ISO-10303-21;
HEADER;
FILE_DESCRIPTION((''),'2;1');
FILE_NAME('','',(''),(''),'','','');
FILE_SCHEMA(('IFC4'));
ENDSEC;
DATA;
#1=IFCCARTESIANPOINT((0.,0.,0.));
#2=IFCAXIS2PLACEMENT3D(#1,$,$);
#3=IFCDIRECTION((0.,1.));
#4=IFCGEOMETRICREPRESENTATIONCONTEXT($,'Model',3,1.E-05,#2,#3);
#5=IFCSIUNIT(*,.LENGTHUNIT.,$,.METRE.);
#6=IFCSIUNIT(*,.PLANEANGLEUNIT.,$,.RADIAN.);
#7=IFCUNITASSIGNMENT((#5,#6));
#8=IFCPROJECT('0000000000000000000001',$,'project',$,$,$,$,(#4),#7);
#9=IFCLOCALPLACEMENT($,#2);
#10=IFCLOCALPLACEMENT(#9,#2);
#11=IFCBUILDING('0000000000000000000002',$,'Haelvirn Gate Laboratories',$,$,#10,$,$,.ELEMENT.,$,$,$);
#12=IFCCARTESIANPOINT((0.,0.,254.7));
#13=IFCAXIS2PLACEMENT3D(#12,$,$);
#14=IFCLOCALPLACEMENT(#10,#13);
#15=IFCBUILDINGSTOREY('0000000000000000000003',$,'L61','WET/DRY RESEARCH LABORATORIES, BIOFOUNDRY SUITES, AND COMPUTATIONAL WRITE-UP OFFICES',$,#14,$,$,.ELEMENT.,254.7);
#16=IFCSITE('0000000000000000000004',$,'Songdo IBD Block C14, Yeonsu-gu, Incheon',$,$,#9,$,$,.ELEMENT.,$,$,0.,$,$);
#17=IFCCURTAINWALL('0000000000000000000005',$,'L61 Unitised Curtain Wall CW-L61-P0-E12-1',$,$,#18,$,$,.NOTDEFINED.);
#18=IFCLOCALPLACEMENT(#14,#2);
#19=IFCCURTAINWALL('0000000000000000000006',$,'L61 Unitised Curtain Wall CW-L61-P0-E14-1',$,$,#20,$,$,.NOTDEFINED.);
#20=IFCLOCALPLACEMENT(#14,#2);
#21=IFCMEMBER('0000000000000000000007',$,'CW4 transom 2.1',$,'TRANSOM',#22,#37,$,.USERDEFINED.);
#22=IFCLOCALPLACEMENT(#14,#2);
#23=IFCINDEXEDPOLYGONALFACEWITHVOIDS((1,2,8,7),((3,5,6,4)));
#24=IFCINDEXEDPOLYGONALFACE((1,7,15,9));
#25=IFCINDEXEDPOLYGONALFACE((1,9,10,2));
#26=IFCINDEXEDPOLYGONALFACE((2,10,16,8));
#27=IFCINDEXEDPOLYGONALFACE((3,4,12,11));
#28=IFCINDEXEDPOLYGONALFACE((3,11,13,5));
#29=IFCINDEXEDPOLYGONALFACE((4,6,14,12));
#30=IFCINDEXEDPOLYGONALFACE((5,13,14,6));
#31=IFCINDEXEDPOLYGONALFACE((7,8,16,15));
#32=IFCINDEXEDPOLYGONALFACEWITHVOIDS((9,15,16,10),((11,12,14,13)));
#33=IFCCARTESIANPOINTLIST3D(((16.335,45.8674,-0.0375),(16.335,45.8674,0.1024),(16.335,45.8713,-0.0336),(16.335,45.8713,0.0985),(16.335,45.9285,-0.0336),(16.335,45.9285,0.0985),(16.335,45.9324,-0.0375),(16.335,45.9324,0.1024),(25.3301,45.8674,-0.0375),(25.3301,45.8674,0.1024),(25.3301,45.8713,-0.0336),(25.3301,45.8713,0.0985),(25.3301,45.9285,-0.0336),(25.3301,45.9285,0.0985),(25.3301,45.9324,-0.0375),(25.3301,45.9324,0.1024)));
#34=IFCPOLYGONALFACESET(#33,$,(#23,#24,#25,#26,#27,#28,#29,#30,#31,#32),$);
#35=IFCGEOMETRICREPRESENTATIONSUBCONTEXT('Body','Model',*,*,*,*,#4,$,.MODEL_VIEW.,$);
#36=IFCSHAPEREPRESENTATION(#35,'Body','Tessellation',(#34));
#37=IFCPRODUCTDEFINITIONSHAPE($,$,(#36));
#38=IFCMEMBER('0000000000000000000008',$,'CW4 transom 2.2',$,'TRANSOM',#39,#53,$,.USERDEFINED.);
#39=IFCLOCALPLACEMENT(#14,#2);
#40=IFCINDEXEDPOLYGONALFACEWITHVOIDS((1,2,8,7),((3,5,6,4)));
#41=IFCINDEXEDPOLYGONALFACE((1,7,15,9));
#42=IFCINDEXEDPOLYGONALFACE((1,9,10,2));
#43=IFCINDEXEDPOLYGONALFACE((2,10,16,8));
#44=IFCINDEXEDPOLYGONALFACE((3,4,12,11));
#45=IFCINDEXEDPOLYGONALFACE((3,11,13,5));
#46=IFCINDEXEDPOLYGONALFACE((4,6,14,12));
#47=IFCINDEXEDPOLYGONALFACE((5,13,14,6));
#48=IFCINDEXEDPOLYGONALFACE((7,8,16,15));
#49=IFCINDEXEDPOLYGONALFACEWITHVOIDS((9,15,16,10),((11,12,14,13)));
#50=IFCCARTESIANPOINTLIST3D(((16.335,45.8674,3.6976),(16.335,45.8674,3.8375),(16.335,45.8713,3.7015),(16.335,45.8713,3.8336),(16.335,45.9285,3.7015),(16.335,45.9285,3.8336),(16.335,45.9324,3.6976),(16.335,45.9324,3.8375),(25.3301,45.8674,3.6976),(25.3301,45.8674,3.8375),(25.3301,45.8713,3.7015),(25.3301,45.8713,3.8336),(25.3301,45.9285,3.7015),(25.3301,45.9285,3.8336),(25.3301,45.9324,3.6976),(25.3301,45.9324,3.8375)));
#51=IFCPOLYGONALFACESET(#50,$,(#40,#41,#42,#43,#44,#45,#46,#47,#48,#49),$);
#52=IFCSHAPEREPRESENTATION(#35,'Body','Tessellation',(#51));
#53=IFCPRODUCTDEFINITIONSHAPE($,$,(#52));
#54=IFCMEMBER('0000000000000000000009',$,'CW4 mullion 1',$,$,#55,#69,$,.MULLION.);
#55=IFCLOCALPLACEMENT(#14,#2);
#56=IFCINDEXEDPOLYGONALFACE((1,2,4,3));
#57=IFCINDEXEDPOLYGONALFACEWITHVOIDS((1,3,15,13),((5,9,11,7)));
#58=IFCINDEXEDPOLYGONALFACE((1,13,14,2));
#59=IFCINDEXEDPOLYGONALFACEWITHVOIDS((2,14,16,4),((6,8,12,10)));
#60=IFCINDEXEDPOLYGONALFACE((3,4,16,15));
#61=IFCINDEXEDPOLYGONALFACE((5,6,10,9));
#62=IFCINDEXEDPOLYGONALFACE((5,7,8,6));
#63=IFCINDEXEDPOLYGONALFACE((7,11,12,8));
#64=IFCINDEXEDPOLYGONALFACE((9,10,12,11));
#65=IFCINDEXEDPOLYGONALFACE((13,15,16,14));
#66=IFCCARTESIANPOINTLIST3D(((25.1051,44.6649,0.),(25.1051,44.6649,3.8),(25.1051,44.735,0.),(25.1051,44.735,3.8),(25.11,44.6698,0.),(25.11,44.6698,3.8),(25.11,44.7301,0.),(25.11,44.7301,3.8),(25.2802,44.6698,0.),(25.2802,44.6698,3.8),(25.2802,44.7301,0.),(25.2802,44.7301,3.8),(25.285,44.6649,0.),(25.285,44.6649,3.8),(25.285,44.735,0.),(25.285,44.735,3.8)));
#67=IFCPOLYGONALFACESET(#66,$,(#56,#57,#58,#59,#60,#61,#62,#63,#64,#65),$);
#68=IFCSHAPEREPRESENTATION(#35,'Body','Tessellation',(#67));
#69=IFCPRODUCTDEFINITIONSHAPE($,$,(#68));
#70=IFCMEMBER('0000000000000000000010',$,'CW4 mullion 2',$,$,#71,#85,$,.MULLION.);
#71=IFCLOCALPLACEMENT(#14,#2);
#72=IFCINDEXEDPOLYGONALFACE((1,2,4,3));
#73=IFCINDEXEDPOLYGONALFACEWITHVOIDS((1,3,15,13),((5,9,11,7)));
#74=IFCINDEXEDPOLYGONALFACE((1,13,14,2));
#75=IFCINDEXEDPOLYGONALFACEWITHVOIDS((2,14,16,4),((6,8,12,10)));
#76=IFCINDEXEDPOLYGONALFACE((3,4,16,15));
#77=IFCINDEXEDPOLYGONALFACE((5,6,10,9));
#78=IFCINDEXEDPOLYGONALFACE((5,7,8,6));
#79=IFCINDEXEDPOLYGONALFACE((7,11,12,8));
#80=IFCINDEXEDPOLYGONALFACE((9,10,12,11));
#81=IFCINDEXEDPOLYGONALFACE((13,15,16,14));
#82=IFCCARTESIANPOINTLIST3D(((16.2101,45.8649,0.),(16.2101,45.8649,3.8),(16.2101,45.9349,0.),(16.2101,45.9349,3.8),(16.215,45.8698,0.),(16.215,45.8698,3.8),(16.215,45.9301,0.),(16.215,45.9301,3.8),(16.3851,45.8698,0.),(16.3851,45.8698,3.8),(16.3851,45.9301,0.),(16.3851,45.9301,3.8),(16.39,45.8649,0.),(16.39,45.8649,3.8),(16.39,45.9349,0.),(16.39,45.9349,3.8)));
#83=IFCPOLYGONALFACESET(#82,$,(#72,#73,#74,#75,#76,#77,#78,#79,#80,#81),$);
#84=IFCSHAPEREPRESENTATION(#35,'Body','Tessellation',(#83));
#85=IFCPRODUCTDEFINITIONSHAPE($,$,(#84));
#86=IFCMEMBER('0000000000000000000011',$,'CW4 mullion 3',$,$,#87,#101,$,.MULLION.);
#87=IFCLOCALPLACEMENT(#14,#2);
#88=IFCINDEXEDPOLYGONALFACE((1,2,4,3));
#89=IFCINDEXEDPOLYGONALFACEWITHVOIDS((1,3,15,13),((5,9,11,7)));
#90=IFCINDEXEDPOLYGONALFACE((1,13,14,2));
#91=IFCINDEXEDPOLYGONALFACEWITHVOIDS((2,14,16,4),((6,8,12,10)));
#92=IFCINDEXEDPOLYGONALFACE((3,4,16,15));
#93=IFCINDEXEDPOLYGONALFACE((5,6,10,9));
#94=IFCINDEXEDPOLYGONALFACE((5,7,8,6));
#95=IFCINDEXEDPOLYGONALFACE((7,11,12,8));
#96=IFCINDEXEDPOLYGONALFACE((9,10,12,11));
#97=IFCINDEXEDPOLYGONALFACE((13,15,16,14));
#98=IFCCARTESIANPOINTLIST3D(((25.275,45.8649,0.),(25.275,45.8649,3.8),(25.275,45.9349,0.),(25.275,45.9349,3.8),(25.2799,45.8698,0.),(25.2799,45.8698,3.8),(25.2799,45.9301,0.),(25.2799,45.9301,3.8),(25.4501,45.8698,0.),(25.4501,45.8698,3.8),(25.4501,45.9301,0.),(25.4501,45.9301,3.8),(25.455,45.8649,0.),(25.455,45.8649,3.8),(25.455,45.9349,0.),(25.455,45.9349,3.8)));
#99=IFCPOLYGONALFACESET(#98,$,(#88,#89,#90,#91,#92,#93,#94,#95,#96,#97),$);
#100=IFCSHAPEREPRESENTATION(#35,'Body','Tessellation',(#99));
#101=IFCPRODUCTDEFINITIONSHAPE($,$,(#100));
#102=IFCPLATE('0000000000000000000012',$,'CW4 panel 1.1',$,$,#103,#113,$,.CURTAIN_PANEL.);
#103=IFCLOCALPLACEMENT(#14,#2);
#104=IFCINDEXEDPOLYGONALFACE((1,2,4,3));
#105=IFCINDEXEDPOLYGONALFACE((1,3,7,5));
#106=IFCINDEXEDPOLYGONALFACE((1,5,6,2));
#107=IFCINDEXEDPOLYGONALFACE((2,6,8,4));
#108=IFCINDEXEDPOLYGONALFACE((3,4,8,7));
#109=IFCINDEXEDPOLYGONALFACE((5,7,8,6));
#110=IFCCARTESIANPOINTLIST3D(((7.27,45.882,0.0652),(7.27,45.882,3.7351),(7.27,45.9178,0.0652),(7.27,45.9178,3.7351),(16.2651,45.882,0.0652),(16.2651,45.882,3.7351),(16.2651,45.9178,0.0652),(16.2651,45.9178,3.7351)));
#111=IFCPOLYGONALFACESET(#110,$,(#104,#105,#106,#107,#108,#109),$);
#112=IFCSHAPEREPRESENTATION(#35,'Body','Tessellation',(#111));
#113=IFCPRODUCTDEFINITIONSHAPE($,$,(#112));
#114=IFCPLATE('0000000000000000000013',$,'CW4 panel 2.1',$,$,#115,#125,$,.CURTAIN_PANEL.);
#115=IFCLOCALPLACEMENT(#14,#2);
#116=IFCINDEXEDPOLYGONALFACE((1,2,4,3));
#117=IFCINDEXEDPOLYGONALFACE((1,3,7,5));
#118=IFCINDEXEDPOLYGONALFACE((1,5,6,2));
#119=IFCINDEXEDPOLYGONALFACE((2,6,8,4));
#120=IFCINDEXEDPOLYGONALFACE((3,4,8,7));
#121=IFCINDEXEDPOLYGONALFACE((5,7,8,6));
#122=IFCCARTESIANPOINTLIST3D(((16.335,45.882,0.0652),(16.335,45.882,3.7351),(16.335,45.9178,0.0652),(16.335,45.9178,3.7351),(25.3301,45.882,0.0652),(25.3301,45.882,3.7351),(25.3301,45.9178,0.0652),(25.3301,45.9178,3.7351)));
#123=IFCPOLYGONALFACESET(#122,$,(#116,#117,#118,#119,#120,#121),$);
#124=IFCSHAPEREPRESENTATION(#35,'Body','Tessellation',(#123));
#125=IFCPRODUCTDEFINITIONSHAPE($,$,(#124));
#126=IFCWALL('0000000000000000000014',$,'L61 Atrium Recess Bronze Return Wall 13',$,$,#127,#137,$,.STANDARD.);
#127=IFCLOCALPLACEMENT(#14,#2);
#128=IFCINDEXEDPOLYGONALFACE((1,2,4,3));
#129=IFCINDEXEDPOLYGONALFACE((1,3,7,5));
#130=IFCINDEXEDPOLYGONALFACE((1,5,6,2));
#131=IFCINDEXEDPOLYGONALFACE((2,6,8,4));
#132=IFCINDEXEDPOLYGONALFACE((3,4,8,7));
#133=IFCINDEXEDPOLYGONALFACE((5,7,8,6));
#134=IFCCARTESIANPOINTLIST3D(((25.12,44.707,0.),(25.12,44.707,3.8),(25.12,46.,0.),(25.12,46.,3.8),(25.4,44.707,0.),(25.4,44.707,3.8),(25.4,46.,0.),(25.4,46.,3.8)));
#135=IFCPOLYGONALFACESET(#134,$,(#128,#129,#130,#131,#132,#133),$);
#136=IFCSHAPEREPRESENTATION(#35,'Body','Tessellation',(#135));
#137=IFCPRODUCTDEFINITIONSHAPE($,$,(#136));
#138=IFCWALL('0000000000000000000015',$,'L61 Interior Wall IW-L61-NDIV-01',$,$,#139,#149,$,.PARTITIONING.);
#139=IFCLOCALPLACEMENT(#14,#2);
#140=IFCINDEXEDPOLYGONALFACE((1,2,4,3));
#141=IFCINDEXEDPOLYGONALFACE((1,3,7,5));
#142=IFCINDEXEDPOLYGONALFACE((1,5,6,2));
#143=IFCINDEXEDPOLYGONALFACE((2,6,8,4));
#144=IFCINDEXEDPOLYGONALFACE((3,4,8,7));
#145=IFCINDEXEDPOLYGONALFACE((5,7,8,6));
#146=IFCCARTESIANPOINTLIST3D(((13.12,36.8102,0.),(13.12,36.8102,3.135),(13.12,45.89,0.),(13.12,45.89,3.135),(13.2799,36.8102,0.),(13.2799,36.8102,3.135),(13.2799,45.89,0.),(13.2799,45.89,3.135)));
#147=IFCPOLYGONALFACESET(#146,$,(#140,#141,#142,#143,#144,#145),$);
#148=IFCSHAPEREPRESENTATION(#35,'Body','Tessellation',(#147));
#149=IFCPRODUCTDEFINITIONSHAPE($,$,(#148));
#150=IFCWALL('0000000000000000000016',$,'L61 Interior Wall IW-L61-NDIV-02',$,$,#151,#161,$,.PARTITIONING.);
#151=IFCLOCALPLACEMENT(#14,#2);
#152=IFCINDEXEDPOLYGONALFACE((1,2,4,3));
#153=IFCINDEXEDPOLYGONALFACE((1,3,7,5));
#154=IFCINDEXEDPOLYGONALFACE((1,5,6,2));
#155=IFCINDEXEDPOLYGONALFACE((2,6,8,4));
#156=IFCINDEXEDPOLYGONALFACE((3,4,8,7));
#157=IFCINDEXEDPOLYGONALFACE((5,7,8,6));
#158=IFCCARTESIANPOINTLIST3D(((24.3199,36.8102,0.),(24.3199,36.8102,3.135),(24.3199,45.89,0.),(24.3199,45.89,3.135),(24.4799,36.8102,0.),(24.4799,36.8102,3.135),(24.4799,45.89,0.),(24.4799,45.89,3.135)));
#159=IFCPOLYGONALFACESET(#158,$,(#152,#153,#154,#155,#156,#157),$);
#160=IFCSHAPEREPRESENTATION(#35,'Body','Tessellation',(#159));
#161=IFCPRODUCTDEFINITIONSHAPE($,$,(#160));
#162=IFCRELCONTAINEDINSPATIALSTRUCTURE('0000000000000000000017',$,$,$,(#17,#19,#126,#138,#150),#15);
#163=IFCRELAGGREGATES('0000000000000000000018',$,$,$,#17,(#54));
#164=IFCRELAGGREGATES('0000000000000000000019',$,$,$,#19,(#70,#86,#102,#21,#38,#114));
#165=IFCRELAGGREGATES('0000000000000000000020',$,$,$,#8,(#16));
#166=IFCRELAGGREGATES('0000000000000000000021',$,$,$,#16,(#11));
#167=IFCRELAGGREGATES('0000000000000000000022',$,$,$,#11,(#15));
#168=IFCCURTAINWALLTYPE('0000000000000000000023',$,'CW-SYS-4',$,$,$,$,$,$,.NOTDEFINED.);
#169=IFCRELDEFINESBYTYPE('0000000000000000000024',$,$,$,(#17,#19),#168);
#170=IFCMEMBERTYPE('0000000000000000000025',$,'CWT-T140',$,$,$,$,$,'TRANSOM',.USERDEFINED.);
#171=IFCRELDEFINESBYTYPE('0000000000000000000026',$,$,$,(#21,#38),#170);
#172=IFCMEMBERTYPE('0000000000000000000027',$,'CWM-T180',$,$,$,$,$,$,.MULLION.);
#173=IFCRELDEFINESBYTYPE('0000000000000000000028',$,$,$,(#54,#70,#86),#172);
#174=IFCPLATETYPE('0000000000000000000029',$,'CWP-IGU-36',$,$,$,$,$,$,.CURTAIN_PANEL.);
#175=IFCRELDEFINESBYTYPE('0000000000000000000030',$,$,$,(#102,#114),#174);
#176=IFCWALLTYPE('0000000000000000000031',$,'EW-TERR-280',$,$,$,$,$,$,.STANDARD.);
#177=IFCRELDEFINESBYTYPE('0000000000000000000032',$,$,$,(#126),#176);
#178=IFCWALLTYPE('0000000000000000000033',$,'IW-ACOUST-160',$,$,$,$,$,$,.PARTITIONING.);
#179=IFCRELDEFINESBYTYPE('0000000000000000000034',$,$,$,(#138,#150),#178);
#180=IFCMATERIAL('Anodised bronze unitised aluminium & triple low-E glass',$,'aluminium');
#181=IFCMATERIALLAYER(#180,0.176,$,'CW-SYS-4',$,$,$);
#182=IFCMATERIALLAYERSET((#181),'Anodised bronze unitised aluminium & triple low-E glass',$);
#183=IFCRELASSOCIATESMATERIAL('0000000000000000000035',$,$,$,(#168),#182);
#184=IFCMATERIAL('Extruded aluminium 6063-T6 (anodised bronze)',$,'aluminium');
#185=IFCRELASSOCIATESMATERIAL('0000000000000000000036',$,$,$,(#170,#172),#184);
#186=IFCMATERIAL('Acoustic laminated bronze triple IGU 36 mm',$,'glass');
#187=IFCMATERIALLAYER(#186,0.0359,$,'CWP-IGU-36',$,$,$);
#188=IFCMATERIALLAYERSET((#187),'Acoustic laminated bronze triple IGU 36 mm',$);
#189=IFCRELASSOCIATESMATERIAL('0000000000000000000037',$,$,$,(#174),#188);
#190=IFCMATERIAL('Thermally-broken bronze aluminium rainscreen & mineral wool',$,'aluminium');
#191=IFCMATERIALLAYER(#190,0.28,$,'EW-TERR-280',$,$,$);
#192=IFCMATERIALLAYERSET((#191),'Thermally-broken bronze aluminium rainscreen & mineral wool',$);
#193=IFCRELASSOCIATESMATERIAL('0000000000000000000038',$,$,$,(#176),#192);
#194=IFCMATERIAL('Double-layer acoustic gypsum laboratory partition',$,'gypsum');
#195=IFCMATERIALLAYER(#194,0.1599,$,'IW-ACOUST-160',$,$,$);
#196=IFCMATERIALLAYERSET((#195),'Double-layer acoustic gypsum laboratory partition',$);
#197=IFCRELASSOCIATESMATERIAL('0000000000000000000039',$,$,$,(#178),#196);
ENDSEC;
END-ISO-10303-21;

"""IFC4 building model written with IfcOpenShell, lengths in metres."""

from ifc_helpers import new_model, si_unit, direction, frame, frame_2d, origin, origin_2d, place, context, subcontext, project, spatial, rectangle, hollow_rectangle, extrude, source, transform, mapped, material, layer, layer_set, material_profile, profile_set, type_object, type_shapes, element, aggregate, save


model = new_model("IFC4")

# Units and contexts
model_context = context("Model", 3, precision=1e-05, world=origin(), true_north=direction((0.0, 1.0)))
body_context = subcontext(model_context, "Body", "Model", "MODEL_VIEW")
ifc_project = project(units=[si_unit("LENGTHUNIT", "METRE"), si_unit("PLANEANGLEUNIT", "RADIAN")], contexts=[model_context])

# Site, building, storey
site_placement = place(None, origin())
site = spatial("IfcSite", under=ifc_project, at=site_placement, Name="Songdo IBD Block C14, Yeonsu-gu, Incheon", CompositionType="ELEMENT", RefElevation=0.0)
building_placement = place(site_placement, origin())
building = spatial("IfcBuilding", under=site, at=building_placement, Name="Haelvirn Gate Laboratories", CompositionType="ELEMENT")
storey_placement = place(building_placement, frame((0.0, 0.0, 254.7)))
storey = spatial("IfcBuildingStorey", under=building, at=storey_placement, Name="L61", Description="WET/DRY RESEARCH LABORATORIES, BIOFOUNDRY SUITES, AND COMPUTATIONAL WRITE-UP OFFICES", CompositionType="ELEMENT", Elevation=254.7)

# Curtain walls, members
ifc_material_1 = material(Name="Anodised bronze unitised aluminium & triple low-E glass", Category="aluminium")
ifc_layer_1 = layer(ifc_material_1, 0.176, Name="CW-SYS-4")
ifc_layer_set_1 = layer_set([ifc_layer_1], Name="Anodised bronze unitised aluminium & triple low-E glass")
curtain_wall_type = type_object("IfcCurtainWallType", Name="CW-SYS-4", PredefinedType="NOTDEFINED", material=ifc_layer_set_1)
curtain_wall_1_placement = place(storey_placement, origin())
curtain_wall_1 = element("IfcCurtainWall", 1, at=curtain_wall_1_placement, inside=storey, type_object=curtain_wall_type, Name="L61 Unitised Curtain Wall CW-L61-P0-E12-1", PredefinedType="NOTDEFINED")
ifc_material_2 = material(Name="Extruded aluminium 6063-T6 (anodised bronze)", Category="aluminium")
ifc_material_profile_1 = material_profile(ifc_material_2, hollow_rectangle(XDim=0.0649, YDim=0.1399, WallThickness=0.0039, at=origin_2d()), Name="CWT-140x65x4")
ifc_profile_set_1 = profile_set([ifc_material_profile_1], Name="Extruded aluminium 6063-T6 (anodised bronze)")
member_type_1 = type_object("IfcMemberType", Name="CWT-T140", ElementType="TRANSOM", PredefinedType="USERDEFINED", material=ifc_profile_set_1)
curtain_wall_2_placement = place(storey_placement, origin())
curtain_wall_2 = element("IfcCurtainWall", 2, at=curtain_wall_2_placement, inside=storey, type_object=curtain_wall_type, Name="L61 Unitised Curtain Wall CW-L61-P0-E14-1", PredefinedType="NOTDEFINED")
shared_shape_1 = source(origin(), body_context, "Body", "SweptSolid", [
    extrude(hollow_rectangle(XDim=0.0649, YDim=0.1399, WallThickness=0.0039, at=origin_2d()), origin(), (0.0, 0.0, 1.0), 8.9951),
])
member_1_placement = place(storey_placement, frame((16.335, 45.8999, 0.0325), z_axis=(1.0, 0.0, 0.0), x_axis=(0.0, 1.0, 0.0)))
member_1 = element("IfcMember", 3, at=member_1_placement, type_object=member_type_1, Name="CW4 transom 2.1", ObjectType="TRANSOM", PredefinedType="USERDEFINED", context=body_context, shape_type="MappedRepresentation", body=[
    mapped(shared_shape_1, transform((0.0, 0.0, 0.0), scale=1.0)),
])
member_2_placement = place(storey_placement, frame((16.335, 45.8999, 3.7676), z_axis=(1.0, 0.0, 0.0), x_axis=(0.0, 1.0, 0.0)))
member_2 = element("IfcMember", 4, at=member_2_placement, type_object=member_type_1, Name="CW4 transom 2.2", ObjectType="TRANSOM", PredefinedType="USERDEFINED", context=body_context, shape_type="MappedRepresentation", body=[
    mapped(shared_shape_1, transform((0.0, 0.0, 0.0), scale=1.0)),
])

# Members
ifc_material_profile_2 = material_profile(ifc_material_2, hollow_rectangle(XDim=0.0701, YDim=0.1799, WallThickness=0.0049, at=origin_2d()), Name="CWM-180x70x5")
ifc_profile_set_2 = profile_set([ifc_material_profile_2], Name="Extruded aluminium 6063-T6 (anodised bronze)")
member_type_2 = type_object("IfcMemberType", Name="CWM-T180", PredefinedType="MULLION", material=ifc_profile_set_2)
shared_shape_2 = source(origin(), body_context, "Body", "SweptSolid", [
    extrude(hollow_rectangle(XDim=0.0701, YDim=0.1799, WallThickness=0.0049, at=origin_2d()), origin(), (0.0, 0.0, 1.0), 3.8),
])
type_shapes(member_type_2, [shared_shape_2])
member_3_placement = place(storey_placement, frame((25.1951, 44.7, 0.0), z_axis=(0.0, 0.0, 1.0), x_axis=(0.0, 1.0, 0.0)))
member_3 = element("IfcMember", 5, at=member_3_placement, type_object=member_type_2, Name="CW4 mullion 1", PredefinedType="MULLION", context=body_context, shape_type="MappedRepresentation", body=[
    mapped(shared_shape_2, transform((0.0, 0.0, 0.0), scale=1.0)),
])
aggregate(curtain_wall_1, [member_3])
member_4_placement = place(storey_placement, frame((16.3, 45.8999, 0.0), z_axis=(0.0, 0.0, 1.0), x_axis=(0.0, 1.0, 0.0)))
member_4 = element("IfcMember", 6, at=member_4_placement, type_object=member_type_2, Name="CW4 mullion 2", PredefinedType="MULLION", context=body_context, shape_type="MappedRepresentation", body=[
    mapped(shared_shape_2, transform((0.0, 0.0, 0.0), scale=1.0)),
])
member_5_placement = place(storey_placement, frame((25.365, 45.8999, 0.0), z_axis=(0.0, 0.0, 1.0), x_axis=(0.0, 1.0, 0.0)))
member_5 = element("IfcMember", 7, at=member_5_placement, type_object=member_type_2, Name="CW4 mullion 3", PredefinedType="MULLION", context=body_context, shape_type="MappedRepresentation", body=[
    mapped(shared_shape_2, transform((0.0, 0.0, 0.0), scale=1.0)),
])

# Plates
ifc_material_3 = material(Name="Acoustic laminated bronze triple IGU 36 mm", Category="glass")
ifc_layer_2 = layer(ifc_material_3, 0.0359, Name="CWP-IGU-36")
ifc_layer_set_2 = layer_set([ifc_layer_2], Name="Acoustic laminated bronze triple IGU 36 mm")
plate_type = type_object("IfcPlateType", Name="CWP-IGU-36", PredefinedType="CURTAIN_PANEL", material=ifc_layer_set_2)
shared_shape_3 = source(origin(), body_context, "Body", "SweptSolid", [
    extrude(rectangle(XDim=8.9951, YDim=0.0359, at=origin_2d()), origin(), (0.0, 0.0, 1.0), 3.6699),
])
type_shapes(plate_type, [shared_shape_3])
plate_1_placement = place(storey_placement, frame((11.7676, 45.8999, 0.0652), z_axis=(0.0, 0.0, 1.0), x_axis=(1.0, 0.0, 0.0)))
plate_1 = element("IfcPlate", 8, at=plate_1_placement, type_object=plate_type, Name="CW4 panel 1.1", PredefinedType="CURTAIN_PANEL", context=body_context, shape_type="MappedRepresentation", body=[
    mapped(shared_shape_3, transform((0.0, 0.0, 0.0), scale=1.0)),
])
plate_2_placement = place(storey_placement, frame((20.8325, 45.8999, 0.0652), z_axis=(0.0, 0.0, 1.0), x_axis=(1.0, 0.0, 0.0)))
plate_2 = element("IfcPlate", 9, at=plate_2_placement, type_object=plate_type, Name="CW4 panel 2.1", PredefinedType="CURTAIN_PANEL", context=body_context, shape_type="MappedRepresentation", body=[
    mapped(shared_shape_3, transform((0.0, 0.0, 0.0), scale=1.0)),
])
aggregate(curtain_wall_2, [member_4, member_5, plate_1, member_1, member_2, plate_2])

# Walls
ifc_material_4 = material(Name="Thermally-broken bronze aluminium rainscreen & mineral wool", Category="aluminium")
ifc_layer_3 = layer(ifc_material_4, 0.28, Name="EW-TERR-280")
ifc_layer_set_3 = layer_set([ifc_layer_3], Name="Thermally-broken bronze aluminium rainscreen & mineral wool")
wall_type_1 = type_object("IfcWallType", Name="EW-TERR-280", PredefinedType="STANDARD", material=ifc_layer_set_3)
wall_1_placement = place(storey_placement, frame((25.26, 44.707, 0.0), z_axis=(0.0, 0.0, 1.0), x_axis=(0.0, 1.0, 0.0)))
element("IfcWall", 10, at=wall_1_placement, inside=storey, type_object=wall_type_1, Name="L61 Atrium Recess Bronze Return Wall 13", PredefinedType="STANDARD", context=body_context, shape_type="SweptSolid", body=[
    extrude(rectangle(XDim=1.293, YDim=0.28, at=frame_2d((0.6465, 0.0))), origin(), (0.0, 0.0, 1.0), 3.8),
])
ifc_material_5 = material(Name="Double-layer acoustic gypsum laboratory partition", Category="gypsum")
ifc_layer_4 = layer(ifc_material_5, 0.1599, Name="IW-ACOUST-160")
ifc_layer_set_4 = layer_set([ifc_layer_4], Name="Double-layer acoustic gypsum laboratory partition")
wall_type_2 = type_object("IfcWallType", Name="IW-ACOUST-160", PredefinedType="PARTITIONING", material=ifc_layer_set_4)
for number, where, z_axis, x_axis, name in (
    (11, (13.2, 36.8101, 0.0), (0.0, 0.0, 1.0), (0.0, 1.0, 0.0), "L61 Interior Wall IW-L61-NDIV-01"),
    (12, (24.3999, 36.8101, 0.0), (0.0, 0.0, 1.0), (0.0, 1.0, 0.0), "L61 Interior Wall IW-L61-NDIV-02"),
):
    element("IfcWall", number, at=place(storey_placement, frame(where, z_axis=z_axis, x_axis=x_axis)), inside=storey, type_object=wall_type_2, Name=name, PredefinedType="PARTITIONING", context=body_context, shape_type="SweptSolid", body=[
        extrude(rectangle(XDim=9.0798, YDim=0.1599, at=frame_2d((4.54, 0.0))), origin(), (0.0, 0.0, 1.0), 3.135),
    ])

save(model, "model.ifc")
